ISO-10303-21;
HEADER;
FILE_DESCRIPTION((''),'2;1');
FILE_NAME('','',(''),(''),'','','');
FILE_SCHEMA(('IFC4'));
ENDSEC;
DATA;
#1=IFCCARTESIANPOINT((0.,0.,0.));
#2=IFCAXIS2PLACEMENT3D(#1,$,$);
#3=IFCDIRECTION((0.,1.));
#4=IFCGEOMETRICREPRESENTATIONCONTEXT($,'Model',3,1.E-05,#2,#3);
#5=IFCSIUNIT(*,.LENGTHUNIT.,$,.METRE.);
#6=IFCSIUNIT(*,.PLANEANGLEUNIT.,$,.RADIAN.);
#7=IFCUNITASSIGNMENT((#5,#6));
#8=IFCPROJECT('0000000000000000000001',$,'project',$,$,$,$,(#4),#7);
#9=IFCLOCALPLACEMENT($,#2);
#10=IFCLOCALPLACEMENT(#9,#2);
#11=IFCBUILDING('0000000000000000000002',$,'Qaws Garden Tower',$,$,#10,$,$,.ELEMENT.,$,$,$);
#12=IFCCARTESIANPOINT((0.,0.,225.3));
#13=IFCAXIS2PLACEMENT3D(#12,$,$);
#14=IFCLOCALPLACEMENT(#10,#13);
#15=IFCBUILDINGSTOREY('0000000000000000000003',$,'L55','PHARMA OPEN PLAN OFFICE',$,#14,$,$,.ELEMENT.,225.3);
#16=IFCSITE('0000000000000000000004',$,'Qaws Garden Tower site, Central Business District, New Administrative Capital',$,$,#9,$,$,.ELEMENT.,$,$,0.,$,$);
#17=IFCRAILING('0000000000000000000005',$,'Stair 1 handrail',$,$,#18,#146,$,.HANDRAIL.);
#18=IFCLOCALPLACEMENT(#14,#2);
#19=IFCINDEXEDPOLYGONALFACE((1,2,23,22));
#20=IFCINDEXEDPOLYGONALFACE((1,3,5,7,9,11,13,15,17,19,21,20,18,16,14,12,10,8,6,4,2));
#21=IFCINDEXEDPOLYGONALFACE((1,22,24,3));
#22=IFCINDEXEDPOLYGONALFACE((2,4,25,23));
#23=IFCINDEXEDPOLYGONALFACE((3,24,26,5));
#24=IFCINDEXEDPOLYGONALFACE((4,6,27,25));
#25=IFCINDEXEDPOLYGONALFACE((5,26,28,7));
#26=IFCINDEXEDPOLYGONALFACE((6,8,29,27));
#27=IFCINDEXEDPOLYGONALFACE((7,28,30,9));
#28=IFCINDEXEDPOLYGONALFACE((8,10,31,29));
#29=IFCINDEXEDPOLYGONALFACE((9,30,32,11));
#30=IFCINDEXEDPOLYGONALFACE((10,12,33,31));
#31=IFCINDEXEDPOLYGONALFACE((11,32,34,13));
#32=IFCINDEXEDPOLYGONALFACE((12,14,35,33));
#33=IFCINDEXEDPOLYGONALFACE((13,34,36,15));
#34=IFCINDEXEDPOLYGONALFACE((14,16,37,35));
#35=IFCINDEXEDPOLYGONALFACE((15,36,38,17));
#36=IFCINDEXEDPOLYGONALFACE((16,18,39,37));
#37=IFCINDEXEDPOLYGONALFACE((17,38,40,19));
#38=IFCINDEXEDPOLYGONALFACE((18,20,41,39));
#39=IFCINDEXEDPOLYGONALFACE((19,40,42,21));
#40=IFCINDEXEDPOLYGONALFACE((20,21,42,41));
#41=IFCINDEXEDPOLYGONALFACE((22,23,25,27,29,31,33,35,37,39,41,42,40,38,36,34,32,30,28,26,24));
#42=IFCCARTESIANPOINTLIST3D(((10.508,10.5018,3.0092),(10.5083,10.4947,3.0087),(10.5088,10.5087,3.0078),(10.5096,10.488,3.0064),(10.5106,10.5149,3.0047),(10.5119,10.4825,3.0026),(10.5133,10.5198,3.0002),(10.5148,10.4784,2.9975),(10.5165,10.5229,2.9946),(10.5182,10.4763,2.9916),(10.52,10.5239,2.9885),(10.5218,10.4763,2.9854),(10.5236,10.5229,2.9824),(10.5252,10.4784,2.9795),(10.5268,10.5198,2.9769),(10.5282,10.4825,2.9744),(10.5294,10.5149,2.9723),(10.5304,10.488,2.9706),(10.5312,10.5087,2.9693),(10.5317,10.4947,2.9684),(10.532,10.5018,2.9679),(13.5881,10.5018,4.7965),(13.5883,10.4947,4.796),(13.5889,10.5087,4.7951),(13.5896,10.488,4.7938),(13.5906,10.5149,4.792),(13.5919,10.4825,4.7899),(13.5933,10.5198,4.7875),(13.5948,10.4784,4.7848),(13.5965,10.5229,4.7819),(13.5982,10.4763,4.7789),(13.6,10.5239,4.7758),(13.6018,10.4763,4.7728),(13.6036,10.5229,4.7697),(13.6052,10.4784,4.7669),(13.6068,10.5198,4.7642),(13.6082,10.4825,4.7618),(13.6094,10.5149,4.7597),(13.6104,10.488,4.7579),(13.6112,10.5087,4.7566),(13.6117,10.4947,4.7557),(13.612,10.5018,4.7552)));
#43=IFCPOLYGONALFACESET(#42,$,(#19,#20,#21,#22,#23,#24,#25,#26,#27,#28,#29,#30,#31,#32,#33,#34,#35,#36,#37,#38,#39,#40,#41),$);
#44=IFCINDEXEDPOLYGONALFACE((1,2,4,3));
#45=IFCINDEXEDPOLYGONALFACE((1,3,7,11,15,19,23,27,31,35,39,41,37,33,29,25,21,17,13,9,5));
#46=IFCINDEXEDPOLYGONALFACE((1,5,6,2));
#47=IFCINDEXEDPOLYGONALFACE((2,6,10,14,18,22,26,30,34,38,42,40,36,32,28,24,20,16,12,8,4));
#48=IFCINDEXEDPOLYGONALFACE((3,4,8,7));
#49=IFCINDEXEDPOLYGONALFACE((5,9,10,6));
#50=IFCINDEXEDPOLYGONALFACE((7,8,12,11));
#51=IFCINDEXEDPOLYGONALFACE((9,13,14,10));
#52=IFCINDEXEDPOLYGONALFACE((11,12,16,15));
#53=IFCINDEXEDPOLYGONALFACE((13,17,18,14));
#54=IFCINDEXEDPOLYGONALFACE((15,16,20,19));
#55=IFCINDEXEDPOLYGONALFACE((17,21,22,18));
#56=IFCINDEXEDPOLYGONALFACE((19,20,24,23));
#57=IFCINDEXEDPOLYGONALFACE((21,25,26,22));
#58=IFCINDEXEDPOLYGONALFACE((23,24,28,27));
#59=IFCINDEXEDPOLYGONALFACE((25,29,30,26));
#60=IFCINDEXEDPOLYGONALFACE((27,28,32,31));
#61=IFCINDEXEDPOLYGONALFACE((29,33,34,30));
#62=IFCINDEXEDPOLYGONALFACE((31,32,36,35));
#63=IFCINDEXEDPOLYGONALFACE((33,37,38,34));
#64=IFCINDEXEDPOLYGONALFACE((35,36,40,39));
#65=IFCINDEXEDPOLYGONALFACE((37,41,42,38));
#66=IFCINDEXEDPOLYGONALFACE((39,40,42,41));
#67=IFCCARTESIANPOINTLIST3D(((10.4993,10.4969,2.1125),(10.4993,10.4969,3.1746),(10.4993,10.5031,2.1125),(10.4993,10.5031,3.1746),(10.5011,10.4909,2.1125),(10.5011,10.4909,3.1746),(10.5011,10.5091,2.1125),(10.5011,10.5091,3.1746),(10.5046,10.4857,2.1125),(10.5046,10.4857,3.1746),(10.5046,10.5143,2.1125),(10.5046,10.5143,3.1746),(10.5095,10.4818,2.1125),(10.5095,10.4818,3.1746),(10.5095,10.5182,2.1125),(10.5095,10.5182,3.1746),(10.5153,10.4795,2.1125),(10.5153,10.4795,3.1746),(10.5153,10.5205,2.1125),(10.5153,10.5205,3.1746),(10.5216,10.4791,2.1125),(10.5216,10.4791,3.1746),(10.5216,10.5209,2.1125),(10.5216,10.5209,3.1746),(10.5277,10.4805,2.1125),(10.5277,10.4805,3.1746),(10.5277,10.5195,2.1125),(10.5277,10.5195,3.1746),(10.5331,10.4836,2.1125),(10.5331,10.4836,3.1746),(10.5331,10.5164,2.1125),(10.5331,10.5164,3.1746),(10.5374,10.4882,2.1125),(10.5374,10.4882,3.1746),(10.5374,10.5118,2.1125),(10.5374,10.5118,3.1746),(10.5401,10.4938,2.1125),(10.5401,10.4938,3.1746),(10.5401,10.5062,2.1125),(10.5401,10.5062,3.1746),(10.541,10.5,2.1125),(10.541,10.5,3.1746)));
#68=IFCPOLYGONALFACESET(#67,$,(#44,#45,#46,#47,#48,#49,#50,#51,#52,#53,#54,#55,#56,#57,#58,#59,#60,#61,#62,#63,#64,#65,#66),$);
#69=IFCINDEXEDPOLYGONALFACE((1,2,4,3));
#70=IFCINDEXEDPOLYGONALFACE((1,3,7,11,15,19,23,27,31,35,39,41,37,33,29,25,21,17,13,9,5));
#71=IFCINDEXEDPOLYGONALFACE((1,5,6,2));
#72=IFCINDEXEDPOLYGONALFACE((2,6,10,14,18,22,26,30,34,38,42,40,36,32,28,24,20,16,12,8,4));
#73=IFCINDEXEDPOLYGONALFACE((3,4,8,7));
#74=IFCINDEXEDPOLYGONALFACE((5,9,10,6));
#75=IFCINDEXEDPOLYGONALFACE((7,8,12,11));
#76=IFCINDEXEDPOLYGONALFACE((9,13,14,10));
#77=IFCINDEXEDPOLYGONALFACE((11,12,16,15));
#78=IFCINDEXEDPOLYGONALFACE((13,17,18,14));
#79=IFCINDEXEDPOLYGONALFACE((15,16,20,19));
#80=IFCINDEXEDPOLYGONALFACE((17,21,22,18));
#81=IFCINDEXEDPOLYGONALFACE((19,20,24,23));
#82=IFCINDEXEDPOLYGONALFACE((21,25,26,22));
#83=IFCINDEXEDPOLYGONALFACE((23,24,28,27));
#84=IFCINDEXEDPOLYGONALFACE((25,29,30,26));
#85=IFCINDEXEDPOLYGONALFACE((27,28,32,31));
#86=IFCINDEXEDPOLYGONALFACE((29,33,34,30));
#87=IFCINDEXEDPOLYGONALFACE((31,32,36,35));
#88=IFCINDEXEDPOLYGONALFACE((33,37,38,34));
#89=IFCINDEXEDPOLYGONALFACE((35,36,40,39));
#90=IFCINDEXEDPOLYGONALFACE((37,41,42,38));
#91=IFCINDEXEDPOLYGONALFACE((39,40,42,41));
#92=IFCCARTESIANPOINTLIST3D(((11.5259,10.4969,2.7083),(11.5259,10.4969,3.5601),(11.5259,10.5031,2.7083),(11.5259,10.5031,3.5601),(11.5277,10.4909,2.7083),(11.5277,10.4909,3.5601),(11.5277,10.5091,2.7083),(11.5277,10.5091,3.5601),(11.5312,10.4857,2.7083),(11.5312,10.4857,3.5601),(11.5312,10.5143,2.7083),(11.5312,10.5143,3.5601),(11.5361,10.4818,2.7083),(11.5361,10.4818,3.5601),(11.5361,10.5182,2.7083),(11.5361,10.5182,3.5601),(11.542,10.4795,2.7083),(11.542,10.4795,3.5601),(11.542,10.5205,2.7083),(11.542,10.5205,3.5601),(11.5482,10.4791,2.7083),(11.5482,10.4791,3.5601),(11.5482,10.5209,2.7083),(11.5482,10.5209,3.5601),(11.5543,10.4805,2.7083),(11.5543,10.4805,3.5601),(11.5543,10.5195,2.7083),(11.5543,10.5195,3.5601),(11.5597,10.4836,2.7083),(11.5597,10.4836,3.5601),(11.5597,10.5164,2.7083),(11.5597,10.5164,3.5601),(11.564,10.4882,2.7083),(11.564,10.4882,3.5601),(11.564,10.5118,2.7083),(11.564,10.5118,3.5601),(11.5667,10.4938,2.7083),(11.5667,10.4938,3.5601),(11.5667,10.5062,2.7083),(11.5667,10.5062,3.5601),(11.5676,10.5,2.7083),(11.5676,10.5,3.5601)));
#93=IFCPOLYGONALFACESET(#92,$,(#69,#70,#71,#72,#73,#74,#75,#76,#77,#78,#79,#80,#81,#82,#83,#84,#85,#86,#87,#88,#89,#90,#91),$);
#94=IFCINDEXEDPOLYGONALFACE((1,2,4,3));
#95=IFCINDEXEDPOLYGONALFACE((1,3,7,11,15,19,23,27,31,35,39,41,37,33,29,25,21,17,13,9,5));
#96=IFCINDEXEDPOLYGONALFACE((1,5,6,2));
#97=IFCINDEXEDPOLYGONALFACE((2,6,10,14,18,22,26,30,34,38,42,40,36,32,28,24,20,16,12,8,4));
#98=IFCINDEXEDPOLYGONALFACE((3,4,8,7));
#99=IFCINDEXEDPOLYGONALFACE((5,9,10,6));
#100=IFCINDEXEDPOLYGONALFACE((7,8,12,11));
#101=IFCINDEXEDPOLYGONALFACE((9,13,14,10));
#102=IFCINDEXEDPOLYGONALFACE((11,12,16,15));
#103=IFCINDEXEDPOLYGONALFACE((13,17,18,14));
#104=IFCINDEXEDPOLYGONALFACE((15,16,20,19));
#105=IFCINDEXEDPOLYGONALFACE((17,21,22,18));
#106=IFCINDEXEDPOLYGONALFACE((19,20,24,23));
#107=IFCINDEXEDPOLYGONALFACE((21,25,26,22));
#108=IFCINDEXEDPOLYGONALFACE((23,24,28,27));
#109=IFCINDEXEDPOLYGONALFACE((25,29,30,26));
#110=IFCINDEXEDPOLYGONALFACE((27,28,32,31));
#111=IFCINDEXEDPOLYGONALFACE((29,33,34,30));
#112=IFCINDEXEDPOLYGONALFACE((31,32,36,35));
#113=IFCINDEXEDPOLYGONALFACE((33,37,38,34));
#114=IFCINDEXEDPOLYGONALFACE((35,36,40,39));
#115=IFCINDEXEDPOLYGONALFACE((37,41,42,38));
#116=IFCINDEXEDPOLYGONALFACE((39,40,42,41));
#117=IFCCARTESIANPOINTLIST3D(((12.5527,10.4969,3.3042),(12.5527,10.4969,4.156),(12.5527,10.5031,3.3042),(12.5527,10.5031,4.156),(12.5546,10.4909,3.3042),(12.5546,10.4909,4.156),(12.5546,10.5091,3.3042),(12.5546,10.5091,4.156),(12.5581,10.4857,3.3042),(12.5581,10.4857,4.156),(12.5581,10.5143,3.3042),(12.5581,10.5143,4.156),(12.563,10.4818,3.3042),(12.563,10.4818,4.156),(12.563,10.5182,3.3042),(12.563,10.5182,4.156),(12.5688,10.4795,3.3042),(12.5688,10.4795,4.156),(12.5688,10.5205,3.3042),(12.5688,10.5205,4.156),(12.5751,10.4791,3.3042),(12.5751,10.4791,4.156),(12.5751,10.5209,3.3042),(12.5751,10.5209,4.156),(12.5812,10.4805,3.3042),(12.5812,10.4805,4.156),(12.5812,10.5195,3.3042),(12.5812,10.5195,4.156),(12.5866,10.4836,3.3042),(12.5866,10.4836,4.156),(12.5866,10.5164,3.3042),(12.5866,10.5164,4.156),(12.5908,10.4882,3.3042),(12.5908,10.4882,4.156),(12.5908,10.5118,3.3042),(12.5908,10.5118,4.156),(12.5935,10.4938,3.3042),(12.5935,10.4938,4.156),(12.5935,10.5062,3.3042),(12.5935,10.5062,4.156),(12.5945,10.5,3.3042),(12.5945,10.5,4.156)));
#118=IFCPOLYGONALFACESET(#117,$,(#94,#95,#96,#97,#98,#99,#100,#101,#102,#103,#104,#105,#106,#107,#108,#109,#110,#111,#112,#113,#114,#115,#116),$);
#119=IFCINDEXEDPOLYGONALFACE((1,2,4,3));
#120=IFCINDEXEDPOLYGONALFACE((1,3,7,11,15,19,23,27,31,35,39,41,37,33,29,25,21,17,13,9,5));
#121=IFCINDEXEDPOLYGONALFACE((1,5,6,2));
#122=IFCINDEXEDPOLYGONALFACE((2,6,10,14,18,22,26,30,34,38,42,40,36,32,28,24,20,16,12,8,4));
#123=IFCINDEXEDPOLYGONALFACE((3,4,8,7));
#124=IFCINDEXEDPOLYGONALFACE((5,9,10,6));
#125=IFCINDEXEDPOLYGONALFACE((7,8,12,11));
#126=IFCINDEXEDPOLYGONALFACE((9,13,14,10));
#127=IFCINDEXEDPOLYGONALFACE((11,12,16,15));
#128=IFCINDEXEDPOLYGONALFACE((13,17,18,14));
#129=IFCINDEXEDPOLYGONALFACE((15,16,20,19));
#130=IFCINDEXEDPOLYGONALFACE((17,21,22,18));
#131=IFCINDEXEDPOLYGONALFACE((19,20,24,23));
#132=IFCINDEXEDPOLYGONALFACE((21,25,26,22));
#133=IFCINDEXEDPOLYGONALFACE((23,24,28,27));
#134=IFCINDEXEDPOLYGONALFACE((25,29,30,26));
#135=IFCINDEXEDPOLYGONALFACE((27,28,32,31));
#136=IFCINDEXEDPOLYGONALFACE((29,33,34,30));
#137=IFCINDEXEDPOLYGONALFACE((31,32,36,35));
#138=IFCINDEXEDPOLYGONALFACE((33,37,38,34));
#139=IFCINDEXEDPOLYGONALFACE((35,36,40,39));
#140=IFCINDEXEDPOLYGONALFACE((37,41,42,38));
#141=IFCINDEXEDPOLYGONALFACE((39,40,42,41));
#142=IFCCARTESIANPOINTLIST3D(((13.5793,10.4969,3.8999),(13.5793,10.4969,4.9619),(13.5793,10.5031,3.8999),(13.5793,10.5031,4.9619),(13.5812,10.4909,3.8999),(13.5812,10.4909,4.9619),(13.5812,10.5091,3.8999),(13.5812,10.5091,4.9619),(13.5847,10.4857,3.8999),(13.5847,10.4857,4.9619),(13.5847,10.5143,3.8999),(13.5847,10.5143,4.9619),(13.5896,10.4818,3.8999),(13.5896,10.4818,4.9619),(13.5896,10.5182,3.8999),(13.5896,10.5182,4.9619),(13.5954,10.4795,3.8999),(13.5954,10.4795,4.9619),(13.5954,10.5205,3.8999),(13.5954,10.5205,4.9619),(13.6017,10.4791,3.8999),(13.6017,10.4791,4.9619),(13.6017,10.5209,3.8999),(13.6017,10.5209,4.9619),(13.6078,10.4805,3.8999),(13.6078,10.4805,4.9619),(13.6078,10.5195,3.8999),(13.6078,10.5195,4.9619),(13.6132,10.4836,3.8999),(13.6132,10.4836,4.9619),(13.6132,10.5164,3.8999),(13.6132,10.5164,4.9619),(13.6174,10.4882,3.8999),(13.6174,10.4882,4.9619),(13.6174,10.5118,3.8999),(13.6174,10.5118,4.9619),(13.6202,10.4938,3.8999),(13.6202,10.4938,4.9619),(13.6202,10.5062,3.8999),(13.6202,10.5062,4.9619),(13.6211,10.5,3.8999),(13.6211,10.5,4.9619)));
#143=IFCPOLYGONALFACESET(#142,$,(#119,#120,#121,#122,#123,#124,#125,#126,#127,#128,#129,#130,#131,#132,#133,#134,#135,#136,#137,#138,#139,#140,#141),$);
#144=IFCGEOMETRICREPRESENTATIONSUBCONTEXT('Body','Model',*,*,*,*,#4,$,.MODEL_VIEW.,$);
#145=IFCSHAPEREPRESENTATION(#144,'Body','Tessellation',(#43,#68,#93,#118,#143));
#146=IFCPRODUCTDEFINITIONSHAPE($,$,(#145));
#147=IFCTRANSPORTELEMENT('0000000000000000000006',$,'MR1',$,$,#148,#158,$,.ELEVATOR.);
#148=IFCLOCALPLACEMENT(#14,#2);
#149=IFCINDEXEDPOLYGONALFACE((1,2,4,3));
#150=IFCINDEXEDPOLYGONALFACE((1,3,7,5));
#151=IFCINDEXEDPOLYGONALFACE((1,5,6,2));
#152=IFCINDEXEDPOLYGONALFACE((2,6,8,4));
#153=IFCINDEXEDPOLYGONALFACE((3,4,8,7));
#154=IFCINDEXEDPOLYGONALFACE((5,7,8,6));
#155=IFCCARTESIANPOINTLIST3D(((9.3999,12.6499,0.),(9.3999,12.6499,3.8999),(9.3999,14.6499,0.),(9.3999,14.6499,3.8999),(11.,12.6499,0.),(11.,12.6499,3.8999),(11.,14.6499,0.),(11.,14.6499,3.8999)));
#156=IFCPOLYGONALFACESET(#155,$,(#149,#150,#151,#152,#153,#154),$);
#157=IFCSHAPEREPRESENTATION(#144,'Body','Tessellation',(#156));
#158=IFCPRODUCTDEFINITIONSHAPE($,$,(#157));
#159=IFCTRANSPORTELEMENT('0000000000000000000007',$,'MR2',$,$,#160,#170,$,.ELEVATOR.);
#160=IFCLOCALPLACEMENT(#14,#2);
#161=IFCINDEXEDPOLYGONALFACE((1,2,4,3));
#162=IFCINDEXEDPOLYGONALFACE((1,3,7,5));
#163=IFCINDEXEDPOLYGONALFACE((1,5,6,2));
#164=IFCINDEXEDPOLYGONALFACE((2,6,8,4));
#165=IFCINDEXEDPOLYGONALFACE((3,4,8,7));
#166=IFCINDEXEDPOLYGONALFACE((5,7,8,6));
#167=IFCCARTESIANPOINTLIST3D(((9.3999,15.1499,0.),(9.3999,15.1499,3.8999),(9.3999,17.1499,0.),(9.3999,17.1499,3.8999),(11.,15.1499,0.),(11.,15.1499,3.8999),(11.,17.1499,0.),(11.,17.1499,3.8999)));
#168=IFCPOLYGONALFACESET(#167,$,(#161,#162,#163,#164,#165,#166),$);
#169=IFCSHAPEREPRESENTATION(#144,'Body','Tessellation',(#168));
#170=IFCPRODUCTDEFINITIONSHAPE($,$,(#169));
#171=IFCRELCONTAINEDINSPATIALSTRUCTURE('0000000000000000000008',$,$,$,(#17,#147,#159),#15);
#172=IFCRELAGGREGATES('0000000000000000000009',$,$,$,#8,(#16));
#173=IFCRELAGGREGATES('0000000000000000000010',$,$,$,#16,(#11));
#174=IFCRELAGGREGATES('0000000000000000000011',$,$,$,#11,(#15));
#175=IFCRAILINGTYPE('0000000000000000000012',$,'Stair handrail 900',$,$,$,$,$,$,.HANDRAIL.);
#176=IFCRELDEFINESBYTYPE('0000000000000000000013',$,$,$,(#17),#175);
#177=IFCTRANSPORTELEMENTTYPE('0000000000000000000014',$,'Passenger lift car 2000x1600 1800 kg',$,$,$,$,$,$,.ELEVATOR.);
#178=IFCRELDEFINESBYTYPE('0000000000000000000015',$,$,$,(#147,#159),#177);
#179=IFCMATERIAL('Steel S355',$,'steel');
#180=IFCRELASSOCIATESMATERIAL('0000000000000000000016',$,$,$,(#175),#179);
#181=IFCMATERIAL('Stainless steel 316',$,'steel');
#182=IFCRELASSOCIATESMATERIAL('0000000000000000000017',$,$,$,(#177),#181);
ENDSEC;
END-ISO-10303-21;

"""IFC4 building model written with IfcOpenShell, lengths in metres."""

from ifc_helpers import new_model, si_unit, direction, frame, origin, origin_2d, place, context, subcontext, project, spatial, rectangle, circle, extrude, material, type_object, element, save


model = new_model("IFC4")

# Units and contexts
model_context = context("Model", 3, precision=1e-05, world=origin(), true_north=direction((0.0, 1.0)))
body_context = subcontext(model_context, "Body", "Model", "MODEL_VIEW")
ifc_project = project(units=[si_unit("LENGTHUNIT", "METRE"), si_unit("PLANEANGLEUNIT", "RADIAN")], contexts=[model_context])

# Site, building, storey
site_placement = place(None, origin())
site = spatial("IfcSite", under=ifc_project, at=site_placement, Name="Qaws Garden Tower site, Central Business District, New Administrative Capital", CompositionType="ELEMENT", RefElevation=0.0)
building_placement = place(site_placement, origin())
building = spatial("IfcBuilding", under=site, at=building_placement, Name="Qaws Garden Tower", CompositionType="ELEMENT")
storey_placement = place(building_placement, frame((0.0, 0.0, 225.3)))
storey = spatial("IfcBuildingStorey", under=building, at=storey_placement, Name="L55", Description="PHARMA OPEN PLAN OFFICE", CompositionType="ELEMENT", Elevation=225.3)

# Railing
ifc_material_1 = material(Name="Steel S355", Category="steel")
railing_type = type_object("IfcRailingType", Name="Stair handrail 900", PredefinedType="HANDRAIL", material=ifc_material_1)
railing_1_placement = place(storey_placement, frame((10.52, 10.5, 2.1125)))
element("IfcRailing", 1, at=railing_1_placement, inside=storey, type_object=railing_type, Name="Stair 1 handrail", PredefinedType="HANDRAIL", context=body_context, shape_type="SweptSolid", body=[
    extrude(circle(Radius=0.0239, at=origin_2d()), frame((0.0, 0.0, 0.876), z_axis=(0.86492, 0.0, 0.501909), x_axis=(0.0, 1.0, 0.0)), (0.0, 0.0, 1.0), 3.561),
    extrude(circle(Radius=0.021, at=origin_2d()), origin(), (0.0, 0.0, 1.0), 1.062),
    extrude(circle(Radius=0.021, at=origin_2d()), frame((1.0266, 0.0, 0.5957)), (0.0, 0.0, 1.0), 0.8518),
    extrude(circle(Radius=0.021, at=origin_2d()), frame((2.0535, 0.0, 1.1917)), (0.0, 0.0, 1.0), 0.8518),
    extrude(circle(Radius=0.021, at=origin_2d()), frame((3.0801, 0.0, 1.7874)), (0.0, 0.0, 1.0), 1.062),
])

# Transport elements
ifc_material_2 = material(Name="Stainless steel 316", Category="steel")
transport_element_type = type_object("IfcTransportElementType", Name="Passenger lift car 2000x1600 1800 kg", PredefinedType="ELEVATOR", material=ifc_material_2)
for number, where, z_axis, x_axis, name in (
    (2, (10.2, 13.6499, 0.0), (0.0, 0.0, 1.0), (1.0, 0.0, 0.0), "MR1"),
    (3, (10.2, 16.1499, 0.0), (0.0, 0.0, 1.0), (1.0, 0.0, 0.0), "MR2"),
):
    element("IfcTransportElement", number, at=place(storey_placement, frame(where, z_axis=z_axis, x_axis=x_axis)), inside=storey, type_object=transport_element_type, Name=name, PredefinedType="ELEVATOR", context=body_context, shape_type="SweptSolid", body=[
        extrude(rectangle(XDim=1.6001, YDim=2.0, at=origin_2d()), origin(), (0.0, 0.0, 1.0), 3.8999),
    ])

save(model, "model.ifc")
